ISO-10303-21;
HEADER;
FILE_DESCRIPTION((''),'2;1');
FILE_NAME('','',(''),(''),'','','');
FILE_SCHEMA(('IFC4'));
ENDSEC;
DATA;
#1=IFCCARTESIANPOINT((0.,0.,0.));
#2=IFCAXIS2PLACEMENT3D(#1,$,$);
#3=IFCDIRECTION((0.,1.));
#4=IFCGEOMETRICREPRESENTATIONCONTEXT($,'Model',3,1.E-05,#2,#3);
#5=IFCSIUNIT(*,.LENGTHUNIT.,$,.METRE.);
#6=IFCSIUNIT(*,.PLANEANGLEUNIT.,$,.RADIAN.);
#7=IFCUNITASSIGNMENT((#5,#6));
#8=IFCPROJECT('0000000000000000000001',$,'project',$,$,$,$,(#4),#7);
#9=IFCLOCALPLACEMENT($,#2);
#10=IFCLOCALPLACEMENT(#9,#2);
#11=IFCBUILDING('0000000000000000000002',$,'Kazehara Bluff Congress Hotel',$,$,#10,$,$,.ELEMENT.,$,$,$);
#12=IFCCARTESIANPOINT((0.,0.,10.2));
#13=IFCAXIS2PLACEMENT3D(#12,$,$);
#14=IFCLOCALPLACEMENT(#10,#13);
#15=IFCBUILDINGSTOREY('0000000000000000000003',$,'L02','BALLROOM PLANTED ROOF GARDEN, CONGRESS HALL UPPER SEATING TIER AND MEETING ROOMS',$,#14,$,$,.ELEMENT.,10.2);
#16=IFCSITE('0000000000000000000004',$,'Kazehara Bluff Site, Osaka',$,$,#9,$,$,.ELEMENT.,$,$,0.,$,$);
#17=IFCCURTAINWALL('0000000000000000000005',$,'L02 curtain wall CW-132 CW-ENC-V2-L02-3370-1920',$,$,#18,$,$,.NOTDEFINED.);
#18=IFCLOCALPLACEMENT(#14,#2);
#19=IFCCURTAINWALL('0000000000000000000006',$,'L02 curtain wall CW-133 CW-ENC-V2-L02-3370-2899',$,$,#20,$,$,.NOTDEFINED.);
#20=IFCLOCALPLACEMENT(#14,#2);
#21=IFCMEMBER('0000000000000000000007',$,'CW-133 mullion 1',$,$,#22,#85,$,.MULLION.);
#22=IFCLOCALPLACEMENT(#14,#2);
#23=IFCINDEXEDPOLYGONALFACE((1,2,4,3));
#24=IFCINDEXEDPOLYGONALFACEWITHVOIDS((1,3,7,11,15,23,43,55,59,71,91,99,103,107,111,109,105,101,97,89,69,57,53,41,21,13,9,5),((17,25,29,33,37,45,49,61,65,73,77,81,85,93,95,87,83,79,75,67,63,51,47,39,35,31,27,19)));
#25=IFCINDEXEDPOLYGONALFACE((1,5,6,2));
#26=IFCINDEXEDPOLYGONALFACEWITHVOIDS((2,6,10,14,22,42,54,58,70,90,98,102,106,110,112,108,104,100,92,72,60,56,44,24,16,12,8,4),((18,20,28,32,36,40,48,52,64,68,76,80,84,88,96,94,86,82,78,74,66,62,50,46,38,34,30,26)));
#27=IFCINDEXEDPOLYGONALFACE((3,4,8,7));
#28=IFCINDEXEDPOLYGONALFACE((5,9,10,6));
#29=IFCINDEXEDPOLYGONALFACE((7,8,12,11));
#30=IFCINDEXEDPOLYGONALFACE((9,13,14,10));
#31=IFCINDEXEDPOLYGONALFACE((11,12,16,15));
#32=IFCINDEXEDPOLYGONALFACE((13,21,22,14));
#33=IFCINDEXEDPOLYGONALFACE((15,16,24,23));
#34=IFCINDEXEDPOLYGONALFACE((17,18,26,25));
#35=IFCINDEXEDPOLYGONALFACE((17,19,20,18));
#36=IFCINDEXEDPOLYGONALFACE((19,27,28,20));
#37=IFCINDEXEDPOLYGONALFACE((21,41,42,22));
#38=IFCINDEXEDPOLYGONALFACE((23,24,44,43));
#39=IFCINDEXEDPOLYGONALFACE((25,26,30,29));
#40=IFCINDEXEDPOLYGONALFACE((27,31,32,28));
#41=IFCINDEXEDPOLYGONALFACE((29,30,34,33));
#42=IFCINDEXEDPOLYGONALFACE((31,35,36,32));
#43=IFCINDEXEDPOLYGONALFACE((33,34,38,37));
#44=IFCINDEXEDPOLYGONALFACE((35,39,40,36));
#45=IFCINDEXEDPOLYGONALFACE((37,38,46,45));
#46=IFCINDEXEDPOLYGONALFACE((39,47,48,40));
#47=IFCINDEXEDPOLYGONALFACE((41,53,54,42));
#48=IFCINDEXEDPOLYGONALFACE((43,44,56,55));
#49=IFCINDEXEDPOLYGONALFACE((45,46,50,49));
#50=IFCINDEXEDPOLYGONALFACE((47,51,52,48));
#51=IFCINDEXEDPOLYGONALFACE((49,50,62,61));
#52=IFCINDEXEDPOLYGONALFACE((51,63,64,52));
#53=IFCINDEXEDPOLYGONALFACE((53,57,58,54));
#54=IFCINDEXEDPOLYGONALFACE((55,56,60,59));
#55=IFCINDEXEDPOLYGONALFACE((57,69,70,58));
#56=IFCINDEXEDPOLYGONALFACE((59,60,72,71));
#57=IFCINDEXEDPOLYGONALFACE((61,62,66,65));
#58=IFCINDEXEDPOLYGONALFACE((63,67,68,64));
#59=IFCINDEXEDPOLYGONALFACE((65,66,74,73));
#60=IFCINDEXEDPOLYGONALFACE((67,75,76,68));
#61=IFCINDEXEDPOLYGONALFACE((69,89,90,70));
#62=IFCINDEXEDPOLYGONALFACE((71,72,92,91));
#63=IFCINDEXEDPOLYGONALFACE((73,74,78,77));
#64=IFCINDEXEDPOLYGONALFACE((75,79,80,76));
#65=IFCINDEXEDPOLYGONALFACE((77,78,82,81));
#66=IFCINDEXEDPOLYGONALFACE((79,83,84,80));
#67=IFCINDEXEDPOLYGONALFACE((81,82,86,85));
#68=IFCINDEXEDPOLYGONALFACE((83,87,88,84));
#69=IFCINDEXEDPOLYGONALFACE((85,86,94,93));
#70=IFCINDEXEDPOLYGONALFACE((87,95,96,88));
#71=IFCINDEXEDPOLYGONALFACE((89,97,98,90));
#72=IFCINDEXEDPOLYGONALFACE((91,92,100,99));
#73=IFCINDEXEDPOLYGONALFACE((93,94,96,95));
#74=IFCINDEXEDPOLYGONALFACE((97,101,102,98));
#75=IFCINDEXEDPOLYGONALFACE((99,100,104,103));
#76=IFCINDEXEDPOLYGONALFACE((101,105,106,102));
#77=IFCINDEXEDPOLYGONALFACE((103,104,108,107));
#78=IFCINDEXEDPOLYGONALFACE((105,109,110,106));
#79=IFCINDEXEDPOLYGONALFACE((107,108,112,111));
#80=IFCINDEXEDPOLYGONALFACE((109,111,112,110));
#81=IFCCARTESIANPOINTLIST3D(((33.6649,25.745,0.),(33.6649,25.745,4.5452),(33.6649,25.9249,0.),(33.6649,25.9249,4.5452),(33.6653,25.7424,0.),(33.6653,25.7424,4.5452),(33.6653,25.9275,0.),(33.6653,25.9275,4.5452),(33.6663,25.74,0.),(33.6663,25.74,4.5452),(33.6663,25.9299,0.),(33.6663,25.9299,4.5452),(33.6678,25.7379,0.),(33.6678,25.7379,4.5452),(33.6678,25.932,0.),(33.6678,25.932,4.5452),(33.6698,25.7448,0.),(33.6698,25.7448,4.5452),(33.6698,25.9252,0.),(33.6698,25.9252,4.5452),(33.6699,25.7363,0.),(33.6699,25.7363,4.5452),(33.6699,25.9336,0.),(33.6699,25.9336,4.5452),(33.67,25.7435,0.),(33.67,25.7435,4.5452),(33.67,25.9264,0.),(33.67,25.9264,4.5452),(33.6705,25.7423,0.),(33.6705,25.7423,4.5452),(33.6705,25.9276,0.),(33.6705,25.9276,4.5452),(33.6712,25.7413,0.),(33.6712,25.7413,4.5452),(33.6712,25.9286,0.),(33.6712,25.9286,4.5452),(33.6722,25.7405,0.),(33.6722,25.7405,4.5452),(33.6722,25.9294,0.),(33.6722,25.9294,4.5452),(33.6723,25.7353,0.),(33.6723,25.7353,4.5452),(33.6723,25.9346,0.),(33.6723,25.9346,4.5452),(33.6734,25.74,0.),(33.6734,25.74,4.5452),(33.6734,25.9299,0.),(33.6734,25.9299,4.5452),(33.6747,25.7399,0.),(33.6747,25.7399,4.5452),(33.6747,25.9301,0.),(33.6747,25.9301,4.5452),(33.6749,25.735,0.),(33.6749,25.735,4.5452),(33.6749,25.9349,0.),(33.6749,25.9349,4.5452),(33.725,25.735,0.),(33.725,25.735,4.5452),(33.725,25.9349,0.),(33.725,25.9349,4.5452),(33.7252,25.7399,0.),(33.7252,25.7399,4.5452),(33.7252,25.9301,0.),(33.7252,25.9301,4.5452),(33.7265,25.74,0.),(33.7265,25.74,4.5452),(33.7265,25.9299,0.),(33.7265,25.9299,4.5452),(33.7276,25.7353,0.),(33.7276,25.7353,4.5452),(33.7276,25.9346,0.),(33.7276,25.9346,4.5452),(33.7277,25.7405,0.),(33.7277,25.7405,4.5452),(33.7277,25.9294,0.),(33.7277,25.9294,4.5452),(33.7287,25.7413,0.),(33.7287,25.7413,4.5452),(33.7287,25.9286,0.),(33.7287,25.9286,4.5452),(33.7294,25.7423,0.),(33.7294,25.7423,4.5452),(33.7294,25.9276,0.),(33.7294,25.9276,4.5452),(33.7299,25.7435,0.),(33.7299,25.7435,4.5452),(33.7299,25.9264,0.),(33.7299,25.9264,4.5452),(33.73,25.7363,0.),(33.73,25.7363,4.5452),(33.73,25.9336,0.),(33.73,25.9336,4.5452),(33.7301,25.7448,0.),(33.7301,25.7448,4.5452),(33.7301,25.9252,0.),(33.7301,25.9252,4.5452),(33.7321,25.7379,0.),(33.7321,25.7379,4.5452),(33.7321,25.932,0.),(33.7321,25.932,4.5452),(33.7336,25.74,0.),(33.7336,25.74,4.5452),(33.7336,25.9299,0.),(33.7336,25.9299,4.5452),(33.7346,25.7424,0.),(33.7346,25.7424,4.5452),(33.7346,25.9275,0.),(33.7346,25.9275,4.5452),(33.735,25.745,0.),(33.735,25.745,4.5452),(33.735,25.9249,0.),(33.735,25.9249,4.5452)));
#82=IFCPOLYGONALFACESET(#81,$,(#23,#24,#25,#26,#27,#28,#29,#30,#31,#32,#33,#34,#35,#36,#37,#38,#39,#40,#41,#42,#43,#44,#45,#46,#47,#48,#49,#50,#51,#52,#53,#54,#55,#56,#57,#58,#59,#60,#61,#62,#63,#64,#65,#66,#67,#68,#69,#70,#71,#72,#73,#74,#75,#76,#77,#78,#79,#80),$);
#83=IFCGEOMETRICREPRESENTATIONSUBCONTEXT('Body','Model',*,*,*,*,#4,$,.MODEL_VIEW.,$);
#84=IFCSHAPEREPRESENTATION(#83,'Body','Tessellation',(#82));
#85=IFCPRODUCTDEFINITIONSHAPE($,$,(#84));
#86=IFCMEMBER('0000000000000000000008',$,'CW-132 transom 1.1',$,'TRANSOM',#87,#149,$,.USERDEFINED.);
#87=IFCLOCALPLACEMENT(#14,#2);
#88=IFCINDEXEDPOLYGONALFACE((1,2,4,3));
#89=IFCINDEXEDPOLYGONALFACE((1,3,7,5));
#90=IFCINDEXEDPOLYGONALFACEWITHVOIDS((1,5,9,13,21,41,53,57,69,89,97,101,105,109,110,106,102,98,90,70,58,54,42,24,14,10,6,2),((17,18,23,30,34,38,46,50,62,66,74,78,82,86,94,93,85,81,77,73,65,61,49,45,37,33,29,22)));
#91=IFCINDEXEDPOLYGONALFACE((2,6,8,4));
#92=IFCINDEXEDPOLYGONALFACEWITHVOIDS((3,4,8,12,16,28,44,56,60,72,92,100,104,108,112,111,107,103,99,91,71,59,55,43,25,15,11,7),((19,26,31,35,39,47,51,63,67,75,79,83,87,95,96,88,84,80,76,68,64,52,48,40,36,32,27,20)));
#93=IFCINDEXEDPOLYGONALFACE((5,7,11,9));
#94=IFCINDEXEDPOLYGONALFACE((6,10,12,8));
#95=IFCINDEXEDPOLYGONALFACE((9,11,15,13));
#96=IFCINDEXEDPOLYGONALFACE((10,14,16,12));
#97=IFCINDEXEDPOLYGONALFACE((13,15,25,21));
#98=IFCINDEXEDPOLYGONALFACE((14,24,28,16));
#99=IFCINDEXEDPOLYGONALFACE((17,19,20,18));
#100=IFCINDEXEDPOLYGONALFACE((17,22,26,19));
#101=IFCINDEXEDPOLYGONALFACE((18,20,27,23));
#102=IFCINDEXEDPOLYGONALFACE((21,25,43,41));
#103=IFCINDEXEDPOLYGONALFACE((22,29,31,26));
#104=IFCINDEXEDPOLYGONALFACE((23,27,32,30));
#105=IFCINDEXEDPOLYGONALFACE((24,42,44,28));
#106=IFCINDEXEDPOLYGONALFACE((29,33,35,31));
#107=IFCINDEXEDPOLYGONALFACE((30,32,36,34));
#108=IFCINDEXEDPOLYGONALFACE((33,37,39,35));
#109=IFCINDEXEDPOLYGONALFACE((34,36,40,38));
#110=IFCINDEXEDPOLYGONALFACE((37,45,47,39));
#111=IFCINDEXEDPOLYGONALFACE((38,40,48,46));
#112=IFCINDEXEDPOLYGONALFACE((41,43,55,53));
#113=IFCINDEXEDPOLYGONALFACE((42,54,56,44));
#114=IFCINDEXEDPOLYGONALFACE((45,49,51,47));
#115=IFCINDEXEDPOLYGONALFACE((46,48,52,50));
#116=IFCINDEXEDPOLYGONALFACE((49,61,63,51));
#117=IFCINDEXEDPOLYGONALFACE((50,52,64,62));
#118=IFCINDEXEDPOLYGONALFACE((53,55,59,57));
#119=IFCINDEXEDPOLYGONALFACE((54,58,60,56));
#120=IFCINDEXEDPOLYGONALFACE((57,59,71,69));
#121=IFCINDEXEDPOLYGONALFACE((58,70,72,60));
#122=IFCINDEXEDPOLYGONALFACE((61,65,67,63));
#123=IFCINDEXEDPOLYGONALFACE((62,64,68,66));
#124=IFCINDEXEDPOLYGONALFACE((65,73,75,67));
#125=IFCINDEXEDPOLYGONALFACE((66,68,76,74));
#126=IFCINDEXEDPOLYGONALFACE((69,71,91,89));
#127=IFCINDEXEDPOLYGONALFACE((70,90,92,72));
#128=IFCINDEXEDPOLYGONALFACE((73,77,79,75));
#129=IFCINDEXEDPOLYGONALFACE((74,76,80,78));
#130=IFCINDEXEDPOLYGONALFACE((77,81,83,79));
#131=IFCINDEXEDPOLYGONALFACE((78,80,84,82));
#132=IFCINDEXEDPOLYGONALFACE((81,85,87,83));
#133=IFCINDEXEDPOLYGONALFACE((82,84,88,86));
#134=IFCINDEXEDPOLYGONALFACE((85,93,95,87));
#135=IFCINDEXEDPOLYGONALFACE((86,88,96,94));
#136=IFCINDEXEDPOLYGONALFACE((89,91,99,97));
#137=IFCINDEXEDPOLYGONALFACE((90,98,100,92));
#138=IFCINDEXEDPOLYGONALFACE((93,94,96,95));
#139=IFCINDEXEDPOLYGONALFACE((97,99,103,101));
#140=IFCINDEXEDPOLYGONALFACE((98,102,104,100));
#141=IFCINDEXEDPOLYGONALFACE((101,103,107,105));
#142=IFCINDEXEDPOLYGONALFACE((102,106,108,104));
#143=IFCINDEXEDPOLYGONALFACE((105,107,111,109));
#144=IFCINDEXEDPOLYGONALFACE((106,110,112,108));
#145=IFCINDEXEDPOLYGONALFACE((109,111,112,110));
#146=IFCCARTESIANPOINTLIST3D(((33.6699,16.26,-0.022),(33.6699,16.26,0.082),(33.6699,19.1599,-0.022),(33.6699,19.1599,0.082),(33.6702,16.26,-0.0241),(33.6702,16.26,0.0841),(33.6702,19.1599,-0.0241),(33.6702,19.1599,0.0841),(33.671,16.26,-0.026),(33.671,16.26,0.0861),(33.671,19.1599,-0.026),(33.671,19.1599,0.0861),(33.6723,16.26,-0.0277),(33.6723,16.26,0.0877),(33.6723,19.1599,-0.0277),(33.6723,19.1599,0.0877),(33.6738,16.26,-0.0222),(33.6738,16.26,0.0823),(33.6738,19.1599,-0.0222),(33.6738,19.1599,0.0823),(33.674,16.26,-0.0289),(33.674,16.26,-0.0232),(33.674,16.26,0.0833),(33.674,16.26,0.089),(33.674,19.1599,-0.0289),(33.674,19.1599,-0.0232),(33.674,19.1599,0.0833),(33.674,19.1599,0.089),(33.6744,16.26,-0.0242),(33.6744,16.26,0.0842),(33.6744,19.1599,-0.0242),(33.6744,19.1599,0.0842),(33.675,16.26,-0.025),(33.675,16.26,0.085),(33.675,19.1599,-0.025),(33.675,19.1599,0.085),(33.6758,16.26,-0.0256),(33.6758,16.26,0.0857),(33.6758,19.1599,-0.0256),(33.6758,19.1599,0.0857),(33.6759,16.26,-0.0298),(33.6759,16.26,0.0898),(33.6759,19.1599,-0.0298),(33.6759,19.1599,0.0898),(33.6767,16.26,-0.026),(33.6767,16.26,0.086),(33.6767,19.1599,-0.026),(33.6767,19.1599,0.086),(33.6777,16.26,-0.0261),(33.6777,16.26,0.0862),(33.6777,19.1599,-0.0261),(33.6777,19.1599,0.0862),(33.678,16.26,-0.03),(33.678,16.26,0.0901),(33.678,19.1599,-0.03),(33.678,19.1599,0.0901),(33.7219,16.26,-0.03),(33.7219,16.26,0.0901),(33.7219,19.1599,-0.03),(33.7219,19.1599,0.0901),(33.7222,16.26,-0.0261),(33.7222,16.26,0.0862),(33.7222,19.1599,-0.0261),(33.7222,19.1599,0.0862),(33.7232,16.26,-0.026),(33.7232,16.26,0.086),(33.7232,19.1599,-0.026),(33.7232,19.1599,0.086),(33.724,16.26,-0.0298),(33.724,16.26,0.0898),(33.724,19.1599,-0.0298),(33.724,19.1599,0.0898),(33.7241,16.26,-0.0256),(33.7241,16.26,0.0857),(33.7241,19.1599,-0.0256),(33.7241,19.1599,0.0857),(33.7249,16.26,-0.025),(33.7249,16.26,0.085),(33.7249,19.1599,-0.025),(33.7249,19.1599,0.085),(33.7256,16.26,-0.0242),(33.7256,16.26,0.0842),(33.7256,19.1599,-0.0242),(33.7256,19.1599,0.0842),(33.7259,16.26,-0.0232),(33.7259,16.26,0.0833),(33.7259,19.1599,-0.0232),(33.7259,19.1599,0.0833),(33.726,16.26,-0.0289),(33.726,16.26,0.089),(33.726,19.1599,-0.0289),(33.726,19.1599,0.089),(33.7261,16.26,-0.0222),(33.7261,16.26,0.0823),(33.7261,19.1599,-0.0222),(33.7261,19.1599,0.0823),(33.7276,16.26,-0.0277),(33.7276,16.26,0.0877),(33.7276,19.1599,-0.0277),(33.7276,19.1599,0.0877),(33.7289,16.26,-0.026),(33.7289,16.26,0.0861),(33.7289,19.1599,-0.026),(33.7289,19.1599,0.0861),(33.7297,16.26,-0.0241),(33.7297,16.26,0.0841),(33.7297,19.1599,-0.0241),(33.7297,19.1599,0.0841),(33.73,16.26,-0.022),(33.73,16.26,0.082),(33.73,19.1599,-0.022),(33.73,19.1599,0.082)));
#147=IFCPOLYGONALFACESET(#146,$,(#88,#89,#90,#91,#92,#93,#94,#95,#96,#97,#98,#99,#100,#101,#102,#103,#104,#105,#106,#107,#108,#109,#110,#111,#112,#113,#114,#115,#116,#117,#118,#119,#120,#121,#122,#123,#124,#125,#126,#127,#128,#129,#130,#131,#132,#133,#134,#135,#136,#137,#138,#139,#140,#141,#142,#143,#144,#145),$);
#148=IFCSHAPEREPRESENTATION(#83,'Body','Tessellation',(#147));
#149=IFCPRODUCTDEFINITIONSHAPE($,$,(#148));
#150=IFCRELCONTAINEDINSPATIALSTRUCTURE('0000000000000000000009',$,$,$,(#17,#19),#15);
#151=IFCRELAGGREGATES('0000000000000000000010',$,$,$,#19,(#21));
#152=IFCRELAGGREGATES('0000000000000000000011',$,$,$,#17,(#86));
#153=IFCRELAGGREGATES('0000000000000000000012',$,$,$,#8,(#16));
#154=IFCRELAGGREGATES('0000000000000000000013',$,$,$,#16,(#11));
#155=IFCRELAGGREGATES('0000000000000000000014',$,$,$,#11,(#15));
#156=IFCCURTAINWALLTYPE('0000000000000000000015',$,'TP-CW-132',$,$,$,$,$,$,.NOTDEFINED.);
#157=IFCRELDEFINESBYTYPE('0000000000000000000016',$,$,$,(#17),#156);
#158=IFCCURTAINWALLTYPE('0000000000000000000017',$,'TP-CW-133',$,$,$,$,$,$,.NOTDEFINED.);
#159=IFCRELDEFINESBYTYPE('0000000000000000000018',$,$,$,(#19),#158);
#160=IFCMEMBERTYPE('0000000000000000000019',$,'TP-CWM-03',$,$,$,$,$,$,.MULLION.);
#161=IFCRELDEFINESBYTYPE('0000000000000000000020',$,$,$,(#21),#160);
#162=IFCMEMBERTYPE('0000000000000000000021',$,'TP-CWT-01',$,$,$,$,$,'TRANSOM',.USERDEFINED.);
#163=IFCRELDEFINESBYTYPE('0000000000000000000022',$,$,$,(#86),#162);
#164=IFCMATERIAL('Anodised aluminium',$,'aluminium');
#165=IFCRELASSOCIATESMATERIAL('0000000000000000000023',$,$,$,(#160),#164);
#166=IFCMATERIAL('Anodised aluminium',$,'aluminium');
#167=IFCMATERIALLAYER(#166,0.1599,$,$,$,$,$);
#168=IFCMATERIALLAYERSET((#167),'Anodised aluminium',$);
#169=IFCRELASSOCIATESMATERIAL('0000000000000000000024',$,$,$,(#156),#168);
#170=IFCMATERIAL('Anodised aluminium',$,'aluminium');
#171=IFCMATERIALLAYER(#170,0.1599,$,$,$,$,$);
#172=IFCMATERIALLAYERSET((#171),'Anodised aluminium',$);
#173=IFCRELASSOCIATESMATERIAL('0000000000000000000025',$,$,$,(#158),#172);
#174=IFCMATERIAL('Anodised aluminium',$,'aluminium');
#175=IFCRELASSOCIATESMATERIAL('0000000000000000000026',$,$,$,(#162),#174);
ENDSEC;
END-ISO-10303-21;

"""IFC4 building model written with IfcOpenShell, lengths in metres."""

from ifc_helpers import new_model, si_unit, direction, frame, origin, origin_2d, place, context, subcontext, project, spatial, hollow_rectangle, extrude, material, layer, layer_set, material_profile, profile_set, type_object, element, aggregate, save


model = new_model("IFC4")

# Units and contexts
model_context = context("Model", 3, precision=1e-05, world=origin(), true_north=direction((0.0, 1.0)))
body_context = subcontext(model_context, "Body", "Model", "MODEL_VIEW")
ifc_project = project(units=[si_unit("LENGTHUNIT", "METRE"), si_unit("PLANEANGLEUNIT", "RADIAN")], contexts=[model_context])

# Site, building, storey
site_placement = place(None, origin())
site = spatial("IfcSite", under=ifc_project, at=site_placement, Name="Kazehara Bluff Site, Osaka", CompositionType="ELEMENT", RefElevation=0.0)
building_placement = place(site_placement, origin())
building = spatial("IfcBuilding", under=site, at=building_placement, Name="Kazehara Bluff Congress Hotel", CompositionType="ELEMENT")
storey_placement = place(building_placement, frame((0.0, 0.0, 10.2)))
storey = spatial("IfcBuildingStorey", under=building, at=storey_placement, Name="L02", Description="BALLROOM PLANTED ROOF GARDEN, CONGRESS HALL UPPER SEATING TIER AND MEETING ROOMS", CompositionType="ELEMENT", Elevation=10.2)

# Shared definitions
ifc_material_1 = material(Name="Anodised aluminium", Category="aluminium")
ifc_material_profile_1 = material_profile(ifc_material_1, hollow_rectangle(XDim=0.0701, YDim=0.2, WallThickness=0.0049, InnerFilletRadius=0.0049, OuterFilletRadius=0.01, at=origin_2d()))
ifc_profile_set_1 = profile_set([ifc_material_profile_1], Name="Anodised aluminium")
member_type_1 = type_object("IfcMemberType", Name="TP-CWM-03", PredefinedType="MULLION", material=ifc_profile_set_1)

# Curtain wall
ifc_material_2 = material(Name="Anodised aluminium", Category="aluminium")
ifc_layer_1 = layer(ifc_material_2, 0.1599)
ifc_layer_set_1 = layer_set([ifc_layer_1], Name="Anodised aluminium")
curtain_wall_type_1 = type_object("IfcCurtainWallType", Name="TP-CW-132", PredefinedType="NOTDEFINED", material=ifc_layer_set_1)
curtain_wall_1_placement = place(storey_placement, origin())
curtain_wall_1 = element("IfcCurtainWall", 1, at=curtain_wall_1_placement, inside=storey, type_object=curtain_wall_type_1, Name="L02 curtain wall CW-132 CW-ENC-V2-L02-3370-1920", PredefinedType="NOTDEFINED")

# Curtain wall, member
ifc_material_3 = material(Name="Anodised aluminium", Category="aluminium")
ifc_layer_2 = layer(ifc_material_3, 0.1599)
ifc_layer_set_2 = layer_set([ifc_layer_2], Name="Anodised aluminium")
curtain_wall_type_2 = type_object("IfcCurtainWallType", Name="TP-CW-133", PredefinedType="NOTDEFINED", material=ifc_layer_set_2)
curtain_wall_2_placement = place(storey_placement, origin())
curtain_wall_2 = element("IfcCurtainWall", 2, at=curtain_wall_2_placement, inside=storey, type_object=curtain_wall_type_2, Name="L02 curtain wall CW-133 CW-ENC-V2-L02-3370-2899", PredefinedType="NOTDEFINED")
member_1_placement = place(storey_placement, frame((33.7, 25.835, 0.0), z_axis=(0.0, 0.0, 1.0), x_axis=(-1.0, 0.0, 0.0)))
member_1 = element("IfcMember", 3, at=member_1_placement, type_object=member_type_1, Name="CW-133 mullion 1", PredefinedType="MULLION", context=body_context, shape_type="SweptSolid", body=[
    extrude(hollow_rectangle(XDim=0.0701, YDim=0.2, WallThickness=0.0049, InnerFilletRadius=0.0049, OuterFilletRadius=0.01, at=origin_2d()), origin(), (0.0, 0.0, 1.0), 4.5452),
])

# Member
ifc_material_4 = material(Name="Anodised aluminium", Category="aluminium")
ifc_material_profile_2 = material_profile(ifc_material_4, hollow_rectangle(XDim=0.0601, YDim=0.1201, WallThickness=0.0039, InnerFilletRadius=0.0039, OuterFilletRadius=0.0081, at=origin_2d()))
ifc_profile_set_2 = profile_set([ifc_material_profile_2], Name="Anodised aluminium")
member_type_2 = type_object("IfcMemberType", Name="TP-CWT-01", ElementType="TRANSOM", PredefinedType="USERDEFINED", material=ifc_profile_set_2)
member_2_placement = place(storey_placement, frame((33.7, 16.26, 0.03), z_axis=(0.0, 1.0, 0.0), x_axis=(-1.0, 0.0, 0.0)))
member_2 = element("IfcMember", 4, at=member_2_placement, type_object=member_type_2, Name="CW-132 transom 1.1", ObjectType="TRANSOM", PredefinedType="USERDEFINED", context=body_context, shape_type="SweptSolid", body=[
    extrude(hollow_rectangle(XDim=0.0601, YDim=0.1201, WallThickness=0.0039, InnerFilletRadius=0.0039, OuterFilletRadius=0.0081, at=origin_2d()), origin(), (0.0, 0.0, 1.0), 2.8999),
])
aggregate(curtain_wall_2, [member_1])

aggregate(curtain_wall_1, [member_2])

save(model, "model.ifc")
